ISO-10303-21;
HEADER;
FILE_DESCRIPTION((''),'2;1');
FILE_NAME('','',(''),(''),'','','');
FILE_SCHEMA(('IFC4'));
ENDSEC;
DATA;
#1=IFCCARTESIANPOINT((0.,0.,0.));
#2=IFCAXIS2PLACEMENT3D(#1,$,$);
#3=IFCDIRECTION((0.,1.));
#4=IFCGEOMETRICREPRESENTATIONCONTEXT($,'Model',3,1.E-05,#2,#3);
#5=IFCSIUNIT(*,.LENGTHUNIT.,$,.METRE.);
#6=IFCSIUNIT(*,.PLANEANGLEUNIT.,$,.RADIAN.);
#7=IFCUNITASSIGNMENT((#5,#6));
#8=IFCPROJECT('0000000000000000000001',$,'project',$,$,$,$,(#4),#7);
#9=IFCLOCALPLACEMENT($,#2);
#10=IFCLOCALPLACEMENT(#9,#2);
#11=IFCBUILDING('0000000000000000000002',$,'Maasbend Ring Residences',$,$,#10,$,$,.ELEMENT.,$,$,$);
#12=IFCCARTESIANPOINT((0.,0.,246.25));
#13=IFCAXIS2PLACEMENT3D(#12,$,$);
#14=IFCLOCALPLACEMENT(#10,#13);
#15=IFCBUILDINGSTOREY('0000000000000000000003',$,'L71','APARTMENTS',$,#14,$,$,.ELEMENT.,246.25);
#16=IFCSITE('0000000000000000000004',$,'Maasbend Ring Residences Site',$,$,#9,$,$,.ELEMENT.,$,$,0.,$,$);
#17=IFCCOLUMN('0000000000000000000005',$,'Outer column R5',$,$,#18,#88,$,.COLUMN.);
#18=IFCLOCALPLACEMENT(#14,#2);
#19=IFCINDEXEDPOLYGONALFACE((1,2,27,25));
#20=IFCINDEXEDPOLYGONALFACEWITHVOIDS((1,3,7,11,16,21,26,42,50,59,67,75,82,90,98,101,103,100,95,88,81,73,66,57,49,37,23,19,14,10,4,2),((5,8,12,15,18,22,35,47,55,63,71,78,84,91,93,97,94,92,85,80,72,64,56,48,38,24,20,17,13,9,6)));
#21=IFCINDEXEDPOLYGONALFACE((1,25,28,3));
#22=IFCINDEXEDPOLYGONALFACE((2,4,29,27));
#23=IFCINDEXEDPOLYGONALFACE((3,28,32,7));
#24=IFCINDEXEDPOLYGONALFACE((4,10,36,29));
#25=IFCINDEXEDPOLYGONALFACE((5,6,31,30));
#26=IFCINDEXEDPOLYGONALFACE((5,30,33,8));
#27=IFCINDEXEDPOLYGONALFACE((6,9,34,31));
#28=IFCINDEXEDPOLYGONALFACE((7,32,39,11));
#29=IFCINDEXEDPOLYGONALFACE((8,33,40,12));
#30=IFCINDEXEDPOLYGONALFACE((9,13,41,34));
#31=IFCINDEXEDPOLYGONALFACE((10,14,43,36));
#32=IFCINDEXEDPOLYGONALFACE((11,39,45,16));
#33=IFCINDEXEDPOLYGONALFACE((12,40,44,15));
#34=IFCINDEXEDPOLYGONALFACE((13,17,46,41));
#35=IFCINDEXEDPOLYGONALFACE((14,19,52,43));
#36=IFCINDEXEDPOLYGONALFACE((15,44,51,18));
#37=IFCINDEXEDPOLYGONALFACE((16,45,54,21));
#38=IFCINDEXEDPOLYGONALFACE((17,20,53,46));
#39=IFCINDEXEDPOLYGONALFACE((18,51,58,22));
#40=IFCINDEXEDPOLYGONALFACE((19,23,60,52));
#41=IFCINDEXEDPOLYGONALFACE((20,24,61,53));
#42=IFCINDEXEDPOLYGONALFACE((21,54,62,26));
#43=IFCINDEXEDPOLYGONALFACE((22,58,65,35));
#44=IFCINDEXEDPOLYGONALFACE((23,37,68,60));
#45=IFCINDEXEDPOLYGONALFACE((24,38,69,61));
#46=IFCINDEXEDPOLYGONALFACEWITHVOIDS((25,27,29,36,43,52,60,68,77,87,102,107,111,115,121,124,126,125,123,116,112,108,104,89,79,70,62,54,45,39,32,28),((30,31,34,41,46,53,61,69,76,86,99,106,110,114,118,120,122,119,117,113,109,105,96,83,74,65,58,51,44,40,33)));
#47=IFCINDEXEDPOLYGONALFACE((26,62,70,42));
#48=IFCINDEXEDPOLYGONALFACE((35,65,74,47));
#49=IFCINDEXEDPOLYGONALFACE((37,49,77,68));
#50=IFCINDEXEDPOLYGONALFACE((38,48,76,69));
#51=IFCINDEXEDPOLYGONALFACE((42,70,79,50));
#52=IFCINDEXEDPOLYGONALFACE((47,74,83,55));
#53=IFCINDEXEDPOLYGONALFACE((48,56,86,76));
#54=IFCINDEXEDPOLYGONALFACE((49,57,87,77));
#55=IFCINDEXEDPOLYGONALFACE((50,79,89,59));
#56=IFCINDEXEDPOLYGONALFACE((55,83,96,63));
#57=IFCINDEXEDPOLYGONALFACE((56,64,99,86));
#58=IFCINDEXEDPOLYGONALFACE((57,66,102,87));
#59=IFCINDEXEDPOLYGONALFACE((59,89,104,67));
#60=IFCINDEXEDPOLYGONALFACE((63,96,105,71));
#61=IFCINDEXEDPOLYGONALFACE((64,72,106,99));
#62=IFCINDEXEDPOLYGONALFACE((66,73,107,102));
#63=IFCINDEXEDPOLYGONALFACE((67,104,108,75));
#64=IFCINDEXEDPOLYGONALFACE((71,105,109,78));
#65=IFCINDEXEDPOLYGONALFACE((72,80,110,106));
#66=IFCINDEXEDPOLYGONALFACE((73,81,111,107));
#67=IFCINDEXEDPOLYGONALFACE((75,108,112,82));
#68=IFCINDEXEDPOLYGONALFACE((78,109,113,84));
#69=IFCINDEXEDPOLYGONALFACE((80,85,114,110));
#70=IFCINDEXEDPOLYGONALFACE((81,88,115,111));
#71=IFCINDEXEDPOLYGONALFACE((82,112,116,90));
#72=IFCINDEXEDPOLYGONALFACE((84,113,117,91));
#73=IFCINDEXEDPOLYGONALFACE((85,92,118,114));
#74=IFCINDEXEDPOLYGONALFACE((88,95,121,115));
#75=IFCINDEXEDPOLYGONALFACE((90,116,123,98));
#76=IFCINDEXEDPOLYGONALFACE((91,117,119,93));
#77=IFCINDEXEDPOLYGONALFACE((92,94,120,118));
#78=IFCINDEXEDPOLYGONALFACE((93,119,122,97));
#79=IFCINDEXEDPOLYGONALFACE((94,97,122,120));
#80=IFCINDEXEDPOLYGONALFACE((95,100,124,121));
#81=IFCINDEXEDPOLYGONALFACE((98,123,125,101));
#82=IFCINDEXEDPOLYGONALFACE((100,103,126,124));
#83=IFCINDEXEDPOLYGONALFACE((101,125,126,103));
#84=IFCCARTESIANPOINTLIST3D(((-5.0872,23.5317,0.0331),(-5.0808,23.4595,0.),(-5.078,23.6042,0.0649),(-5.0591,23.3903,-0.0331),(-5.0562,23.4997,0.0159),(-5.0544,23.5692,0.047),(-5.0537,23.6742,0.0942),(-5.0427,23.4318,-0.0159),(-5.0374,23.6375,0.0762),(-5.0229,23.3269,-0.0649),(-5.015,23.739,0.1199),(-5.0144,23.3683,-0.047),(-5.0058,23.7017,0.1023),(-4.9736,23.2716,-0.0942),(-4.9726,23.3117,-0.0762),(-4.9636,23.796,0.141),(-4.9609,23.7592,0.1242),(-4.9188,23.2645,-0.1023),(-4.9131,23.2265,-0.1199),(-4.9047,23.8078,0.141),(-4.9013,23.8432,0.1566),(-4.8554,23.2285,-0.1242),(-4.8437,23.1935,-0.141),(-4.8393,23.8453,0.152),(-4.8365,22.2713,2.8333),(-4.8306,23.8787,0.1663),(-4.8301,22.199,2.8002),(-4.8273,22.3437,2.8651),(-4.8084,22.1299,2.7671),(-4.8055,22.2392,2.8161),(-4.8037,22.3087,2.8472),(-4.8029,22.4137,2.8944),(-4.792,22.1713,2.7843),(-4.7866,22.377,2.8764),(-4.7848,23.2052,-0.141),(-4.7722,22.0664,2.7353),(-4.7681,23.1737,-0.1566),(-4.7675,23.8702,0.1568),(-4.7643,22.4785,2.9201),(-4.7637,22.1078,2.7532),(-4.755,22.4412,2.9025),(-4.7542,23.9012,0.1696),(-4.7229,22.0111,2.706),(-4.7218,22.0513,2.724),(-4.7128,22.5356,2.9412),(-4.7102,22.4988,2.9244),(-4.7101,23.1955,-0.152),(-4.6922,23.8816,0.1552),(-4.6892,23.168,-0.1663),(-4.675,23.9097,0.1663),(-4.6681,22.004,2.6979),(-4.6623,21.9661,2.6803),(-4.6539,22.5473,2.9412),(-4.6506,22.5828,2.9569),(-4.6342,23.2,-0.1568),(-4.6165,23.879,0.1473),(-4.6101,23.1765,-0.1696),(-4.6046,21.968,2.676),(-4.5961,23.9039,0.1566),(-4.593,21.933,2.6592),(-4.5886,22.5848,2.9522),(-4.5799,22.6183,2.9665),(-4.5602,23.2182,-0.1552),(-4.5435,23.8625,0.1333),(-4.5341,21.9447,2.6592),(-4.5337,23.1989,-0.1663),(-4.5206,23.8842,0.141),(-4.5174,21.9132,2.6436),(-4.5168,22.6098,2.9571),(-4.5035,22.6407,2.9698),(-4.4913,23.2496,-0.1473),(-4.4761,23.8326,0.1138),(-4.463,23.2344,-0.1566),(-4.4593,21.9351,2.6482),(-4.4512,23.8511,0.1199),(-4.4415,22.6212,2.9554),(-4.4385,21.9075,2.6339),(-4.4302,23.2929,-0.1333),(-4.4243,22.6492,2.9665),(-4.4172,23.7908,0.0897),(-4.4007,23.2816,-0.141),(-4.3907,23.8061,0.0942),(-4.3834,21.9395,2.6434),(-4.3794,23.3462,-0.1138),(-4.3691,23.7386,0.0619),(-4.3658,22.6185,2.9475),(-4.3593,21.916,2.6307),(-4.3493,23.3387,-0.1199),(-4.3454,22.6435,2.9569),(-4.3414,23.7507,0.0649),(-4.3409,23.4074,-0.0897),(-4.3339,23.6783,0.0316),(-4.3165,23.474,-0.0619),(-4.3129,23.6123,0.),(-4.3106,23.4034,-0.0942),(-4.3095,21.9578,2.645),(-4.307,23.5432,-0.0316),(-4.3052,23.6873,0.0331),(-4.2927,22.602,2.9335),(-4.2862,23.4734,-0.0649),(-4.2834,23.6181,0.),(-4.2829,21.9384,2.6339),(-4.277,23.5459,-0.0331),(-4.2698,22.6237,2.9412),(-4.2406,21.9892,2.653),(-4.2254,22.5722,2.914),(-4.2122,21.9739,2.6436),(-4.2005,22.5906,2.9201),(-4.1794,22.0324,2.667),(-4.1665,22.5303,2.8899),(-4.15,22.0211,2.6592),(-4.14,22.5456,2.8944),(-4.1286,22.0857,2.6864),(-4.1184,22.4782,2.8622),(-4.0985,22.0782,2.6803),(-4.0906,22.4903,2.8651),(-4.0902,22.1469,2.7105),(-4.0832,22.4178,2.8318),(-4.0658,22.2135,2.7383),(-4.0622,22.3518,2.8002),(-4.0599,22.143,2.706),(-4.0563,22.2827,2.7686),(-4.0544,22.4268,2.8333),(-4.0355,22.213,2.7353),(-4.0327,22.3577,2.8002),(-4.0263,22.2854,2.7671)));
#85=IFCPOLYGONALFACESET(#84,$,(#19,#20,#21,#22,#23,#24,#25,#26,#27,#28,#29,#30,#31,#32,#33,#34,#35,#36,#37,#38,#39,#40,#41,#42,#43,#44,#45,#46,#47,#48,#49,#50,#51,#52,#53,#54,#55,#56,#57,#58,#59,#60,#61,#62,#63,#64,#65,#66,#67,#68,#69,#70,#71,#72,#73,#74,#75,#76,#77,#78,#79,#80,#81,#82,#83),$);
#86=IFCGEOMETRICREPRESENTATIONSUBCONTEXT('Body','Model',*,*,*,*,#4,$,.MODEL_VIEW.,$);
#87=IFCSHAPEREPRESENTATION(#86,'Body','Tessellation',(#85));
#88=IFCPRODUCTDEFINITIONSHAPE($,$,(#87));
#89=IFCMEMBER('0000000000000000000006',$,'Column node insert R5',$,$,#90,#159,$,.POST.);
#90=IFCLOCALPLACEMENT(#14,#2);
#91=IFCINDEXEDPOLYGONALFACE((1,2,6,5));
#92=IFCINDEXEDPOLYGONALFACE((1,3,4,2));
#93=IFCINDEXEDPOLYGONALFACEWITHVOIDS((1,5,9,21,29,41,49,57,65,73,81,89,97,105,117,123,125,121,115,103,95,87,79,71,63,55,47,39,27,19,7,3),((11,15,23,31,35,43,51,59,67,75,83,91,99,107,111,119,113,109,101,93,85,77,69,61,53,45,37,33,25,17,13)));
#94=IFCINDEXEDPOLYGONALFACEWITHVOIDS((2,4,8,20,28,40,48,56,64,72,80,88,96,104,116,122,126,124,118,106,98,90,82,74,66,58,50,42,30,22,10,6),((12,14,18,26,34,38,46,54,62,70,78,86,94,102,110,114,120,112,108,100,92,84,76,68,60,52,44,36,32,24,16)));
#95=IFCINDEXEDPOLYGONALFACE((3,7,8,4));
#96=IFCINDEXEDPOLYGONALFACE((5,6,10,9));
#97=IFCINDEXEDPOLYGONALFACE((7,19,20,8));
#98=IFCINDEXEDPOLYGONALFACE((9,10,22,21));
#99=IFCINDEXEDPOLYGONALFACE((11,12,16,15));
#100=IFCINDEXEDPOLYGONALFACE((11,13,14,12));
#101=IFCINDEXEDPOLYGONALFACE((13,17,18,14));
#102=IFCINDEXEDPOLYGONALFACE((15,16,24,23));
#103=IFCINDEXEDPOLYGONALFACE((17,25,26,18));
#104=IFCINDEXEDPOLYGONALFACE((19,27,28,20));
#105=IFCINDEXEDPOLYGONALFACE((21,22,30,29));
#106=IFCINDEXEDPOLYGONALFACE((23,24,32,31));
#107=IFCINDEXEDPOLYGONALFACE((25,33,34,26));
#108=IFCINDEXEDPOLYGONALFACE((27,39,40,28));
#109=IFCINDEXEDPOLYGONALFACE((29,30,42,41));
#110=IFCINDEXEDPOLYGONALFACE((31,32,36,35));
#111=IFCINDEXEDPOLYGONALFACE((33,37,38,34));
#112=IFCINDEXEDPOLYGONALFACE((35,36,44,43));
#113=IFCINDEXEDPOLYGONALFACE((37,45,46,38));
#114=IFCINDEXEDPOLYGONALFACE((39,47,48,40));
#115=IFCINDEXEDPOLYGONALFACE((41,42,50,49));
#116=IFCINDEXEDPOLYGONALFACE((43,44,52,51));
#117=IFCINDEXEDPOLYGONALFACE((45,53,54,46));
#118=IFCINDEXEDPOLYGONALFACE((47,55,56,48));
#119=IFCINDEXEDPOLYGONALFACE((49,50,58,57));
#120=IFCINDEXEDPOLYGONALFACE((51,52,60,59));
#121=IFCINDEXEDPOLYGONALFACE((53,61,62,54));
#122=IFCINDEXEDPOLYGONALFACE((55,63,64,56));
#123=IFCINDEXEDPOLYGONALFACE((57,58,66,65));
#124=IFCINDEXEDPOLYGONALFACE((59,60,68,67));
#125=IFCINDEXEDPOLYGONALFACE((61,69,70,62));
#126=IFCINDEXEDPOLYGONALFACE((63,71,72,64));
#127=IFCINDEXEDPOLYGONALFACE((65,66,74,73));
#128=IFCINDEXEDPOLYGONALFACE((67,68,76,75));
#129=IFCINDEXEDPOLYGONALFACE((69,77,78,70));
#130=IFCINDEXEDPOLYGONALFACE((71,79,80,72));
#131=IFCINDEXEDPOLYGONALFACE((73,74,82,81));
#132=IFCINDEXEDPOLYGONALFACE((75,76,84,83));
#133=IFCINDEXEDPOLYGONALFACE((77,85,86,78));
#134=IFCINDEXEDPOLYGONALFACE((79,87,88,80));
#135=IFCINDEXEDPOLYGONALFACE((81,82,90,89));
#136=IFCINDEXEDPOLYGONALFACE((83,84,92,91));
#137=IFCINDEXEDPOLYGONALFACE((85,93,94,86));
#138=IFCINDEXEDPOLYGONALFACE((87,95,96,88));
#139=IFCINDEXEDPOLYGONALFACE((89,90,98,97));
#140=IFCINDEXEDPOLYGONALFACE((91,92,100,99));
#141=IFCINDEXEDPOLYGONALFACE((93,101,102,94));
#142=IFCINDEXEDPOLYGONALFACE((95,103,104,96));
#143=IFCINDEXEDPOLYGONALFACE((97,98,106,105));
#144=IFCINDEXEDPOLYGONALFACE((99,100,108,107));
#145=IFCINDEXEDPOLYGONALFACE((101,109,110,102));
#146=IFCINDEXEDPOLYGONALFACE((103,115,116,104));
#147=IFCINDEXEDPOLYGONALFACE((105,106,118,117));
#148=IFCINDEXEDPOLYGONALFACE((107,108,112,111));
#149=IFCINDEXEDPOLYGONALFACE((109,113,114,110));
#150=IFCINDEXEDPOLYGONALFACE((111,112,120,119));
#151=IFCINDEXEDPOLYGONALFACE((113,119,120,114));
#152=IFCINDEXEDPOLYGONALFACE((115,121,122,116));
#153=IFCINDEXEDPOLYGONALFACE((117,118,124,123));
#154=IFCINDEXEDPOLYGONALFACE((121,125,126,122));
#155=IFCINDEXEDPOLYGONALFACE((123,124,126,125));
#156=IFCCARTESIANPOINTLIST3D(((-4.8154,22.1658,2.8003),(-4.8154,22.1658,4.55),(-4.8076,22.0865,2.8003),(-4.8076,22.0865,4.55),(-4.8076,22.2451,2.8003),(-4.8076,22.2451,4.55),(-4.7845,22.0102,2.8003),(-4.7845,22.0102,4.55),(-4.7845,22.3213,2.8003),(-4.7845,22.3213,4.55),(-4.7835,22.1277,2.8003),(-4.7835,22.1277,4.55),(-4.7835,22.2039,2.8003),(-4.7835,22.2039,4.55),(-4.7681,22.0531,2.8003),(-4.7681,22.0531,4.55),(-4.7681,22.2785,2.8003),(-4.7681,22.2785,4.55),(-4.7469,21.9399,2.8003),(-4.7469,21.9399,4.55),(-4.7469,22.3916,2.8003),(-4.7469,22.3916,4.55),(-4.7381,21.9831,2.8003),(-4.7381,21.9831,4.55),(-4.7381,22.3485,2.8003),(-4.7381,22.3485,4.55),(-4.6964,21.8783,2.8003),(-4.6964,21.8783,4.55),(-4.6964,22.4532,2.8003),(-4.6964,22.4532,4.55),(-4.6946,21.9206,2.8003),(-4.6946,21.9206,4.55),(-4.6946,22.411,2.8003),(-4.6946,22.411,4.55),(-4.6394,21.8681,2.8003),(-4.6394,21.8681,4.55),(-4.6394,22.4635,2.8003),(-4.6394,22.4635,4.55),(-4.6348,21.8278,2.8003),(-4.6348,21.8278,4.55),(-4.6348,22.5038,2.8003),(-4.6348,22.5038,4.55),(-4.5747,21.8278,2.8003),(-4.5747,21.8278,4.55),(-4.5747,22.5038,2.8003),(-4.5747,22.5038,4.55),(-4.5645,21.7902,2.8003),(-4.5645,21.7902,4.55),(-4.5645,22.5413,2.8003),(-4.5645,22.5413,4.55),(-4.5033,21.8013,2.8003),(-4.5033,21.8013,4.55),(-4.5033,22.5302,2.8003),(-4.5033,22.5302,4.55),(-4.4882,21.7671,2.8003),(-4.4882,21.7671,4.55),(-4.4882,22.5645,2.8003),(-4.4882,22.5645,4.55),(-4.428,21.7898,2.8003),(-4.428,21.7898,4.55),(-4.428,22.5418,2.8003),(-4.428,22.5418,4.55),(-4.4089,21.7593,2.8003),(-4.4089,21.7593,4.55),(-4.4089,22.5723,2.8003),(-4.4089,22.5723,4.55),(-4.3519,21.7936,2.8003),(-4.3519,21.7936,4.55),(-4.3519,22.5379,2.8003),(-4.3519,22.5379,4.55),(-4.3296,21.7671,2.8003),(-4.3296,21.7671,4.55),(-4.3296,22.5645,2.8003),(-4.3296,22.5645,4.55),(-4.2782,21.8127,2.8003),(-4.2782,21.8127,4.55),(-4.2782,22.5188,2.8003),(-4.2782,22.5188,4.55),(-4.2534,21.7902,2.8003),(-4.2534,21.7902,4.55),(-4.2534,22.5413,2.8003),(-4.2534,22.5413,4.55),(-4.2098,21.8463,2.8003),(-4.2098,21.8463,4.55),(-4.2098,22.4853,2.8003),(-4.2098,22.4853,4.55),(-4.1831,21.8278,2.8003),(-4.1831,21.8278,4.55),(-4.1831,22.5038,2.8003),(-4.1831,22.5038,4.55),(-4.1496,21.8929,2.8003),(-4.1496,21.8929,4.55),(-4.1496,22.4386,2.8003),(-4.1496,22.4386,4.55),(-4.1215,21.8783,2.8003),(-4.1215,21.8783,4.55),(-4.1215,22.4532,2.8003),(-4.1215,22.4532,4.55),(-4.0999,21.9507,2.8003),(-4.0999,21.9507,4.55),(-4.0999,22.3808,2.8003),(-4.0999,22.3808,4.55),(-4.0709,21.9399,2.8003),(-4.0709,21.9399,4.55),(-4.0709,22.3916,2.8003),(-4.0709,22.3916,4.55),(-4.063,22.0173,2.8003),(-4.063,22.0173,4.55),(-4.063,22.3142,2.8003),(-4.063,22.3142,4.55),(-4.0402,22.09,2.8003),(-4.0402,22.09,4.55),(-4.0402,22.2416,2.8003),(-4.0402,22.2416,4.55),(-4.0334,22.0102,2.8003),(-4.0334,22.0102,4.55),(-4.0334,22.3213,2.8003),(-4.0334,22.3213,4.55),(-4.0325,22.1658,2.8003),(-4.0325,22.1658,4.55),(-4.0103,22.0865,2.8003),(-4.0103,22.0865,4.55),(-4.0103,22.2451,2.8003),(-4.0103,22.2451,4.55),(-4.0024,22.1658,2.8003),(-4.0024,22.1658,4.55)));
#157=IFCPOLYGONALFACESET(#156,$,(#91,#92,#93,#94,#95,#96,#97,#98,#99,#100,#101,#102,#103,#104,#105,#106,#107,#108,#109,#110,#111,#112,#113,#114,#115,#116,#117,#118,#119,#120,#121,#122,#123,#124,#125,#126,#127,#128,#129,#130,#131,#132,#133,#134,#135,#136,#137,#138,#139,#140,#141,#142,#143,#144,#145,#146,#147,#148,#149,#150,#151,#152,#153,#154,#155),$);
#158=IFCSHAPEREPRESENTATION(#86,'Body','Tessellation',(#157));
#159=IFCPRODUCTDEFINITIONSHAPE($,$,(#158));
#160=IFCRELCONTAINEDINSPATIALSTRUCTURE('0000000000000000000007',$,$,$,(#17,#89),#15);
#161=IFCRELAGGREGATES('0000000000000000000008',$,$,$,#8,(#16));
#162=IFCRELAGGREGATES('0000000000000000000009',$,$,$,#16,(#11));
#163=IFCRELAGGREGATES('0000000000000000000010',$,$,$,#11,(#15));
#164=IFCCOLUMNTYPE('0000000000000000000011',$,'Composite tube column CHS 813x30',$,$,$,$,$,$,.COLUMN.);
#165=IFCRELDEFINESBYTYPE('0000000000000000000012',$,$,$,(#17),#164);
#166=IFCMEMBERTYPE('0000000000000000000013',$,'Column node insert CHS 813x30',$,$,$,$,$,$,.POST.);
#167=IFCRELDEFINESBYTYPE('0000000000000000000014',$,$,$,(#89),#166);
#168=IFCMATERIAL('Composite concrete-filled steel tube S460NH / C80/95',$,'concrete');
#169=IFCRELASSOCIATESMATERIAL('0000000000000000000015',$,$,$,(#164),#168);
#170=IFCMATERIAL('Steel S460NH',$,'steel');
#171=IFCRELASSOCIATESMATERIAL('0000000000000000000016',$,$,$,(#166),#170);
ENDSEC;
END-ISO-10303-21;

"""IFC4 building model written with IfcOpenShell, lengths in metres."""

from ifc_helpers import new_model, si_unit, direction, frame, origin, origin_2d, place, context, subcontext, project, spatial, hollow_circle, extrude, material, material_profile, profile_set, type_object, element, save


model = new_model("IFC4")

# Units and contexts
model_context = context("Model", 3, precision=1e-05, world=origin(), true_north=direction((0.0, 1.0)))
body_context = subcontext(model_context, "Body", "Model", "MODEL_VIEW")
ifc_project = project(units=[si_unit("LENGTHUNIT", "METRE"), si_unit("PLANEANGLEUNIT", "RADIAN")], contexts=[model_context])

# Site, building, storey
site_placement = place(None, origin())
site = spatial("IfcSite", under=ifc_project, at=site_placement, Name="Maasbend Ring Residences Site", CompositionType="ELEMENT", RefElevation=0.0)
building_placement = place(site_placement, origin())
building = spatial("IfcBuilding", under=site, at=building_placement, Name="Maasbend Ring Residences", CompositionType="ELEMENT")
storey_placement = place(building_placement, frame((0.0, 0.0, 246.25)))
storey = spatial("IfcBuildingStorey", under=building, at=storey_placement, Name="L71", Description="APARTMENTS", CompositionType="ELEMENT", Elevation=246.25)

# Column
ifc_material_1 = material(Name="Composite concrete-filled steel tube S460NH / C80/95", Category="concrete")
ifc_material_profile_1 = material_profile(ifc_material_1, hollow_circle(Radius=0.4065, WallThickness=0.03, at=origin_2d()), Name="Composite tube column CHS 813x30")
ifc_profile_set_1 = profile_set([ifc_material_profile_1], Name="Composite concrete-filled steel tube S460NH / C80/95")
column_type = type_object("IfcColumnType", Name="Composite tube column CHS 813x30", PredefinedType="COLUMN", material=ifc_profile_set_1)
column_placement = place(storey_placement, frame((-4.6821, 23.5388, 0.0), z_axis=(0.081377, -0.409103, 0.908853), x_axis=(0.980785, 0.195093, 0.0)))
element("IfcColumn", 1, at=column_placement, inside=storey, type_object=column_type, Name="Outer column R5", PredefinedType="COLUMN", context=body_context, shape_type="SweptSolid", body=[
    extrude(hollow_circle(Radius=0.4065, WallThickness=0.03, at=origin_2d()), origin(), (0.0, 0.0, 1.0), 3.0811),
])

# Member
ifc_material_2 = material(Name="Steel S460NH", Category="steel")
ifc_material_profile_2 = material_profile(ifc_material_2, hollow_circle(Radius=0.4065, WallThickness=0.03, at=origin_2d()), Name="Column node insert CHS 813x30")
ifc_profile_set_2 = profile_set([ifc_material_profile_2], Name="Steel S460NH")
member_type = type_object("IfcMemberType", Name="Column node insert CHS 813x30", PredefinedType="POST", material=ifc_profile_set_2)
member_placement = place(storey_placement, frame((-4.4089, 22.1658, 2.8003), z_axis=(0.0, 0.0, 1.0), x_axis=(1.0, 0.0, 0.0)))
element("IfcMember", 2, at=member_placement, inside=storey, type_object=member_type, Name="Column node insert R5", PredefinedType="POST", context=body_context, shape_type="SweptSolid", body=[
    extrude(hollow_circle(Radius=0.4065, WallThickness=0.03, at=origin_2d()), origin(), (0.0, 0.0, 1.0), 1.7498),
])

save(model, "model.ifc")
